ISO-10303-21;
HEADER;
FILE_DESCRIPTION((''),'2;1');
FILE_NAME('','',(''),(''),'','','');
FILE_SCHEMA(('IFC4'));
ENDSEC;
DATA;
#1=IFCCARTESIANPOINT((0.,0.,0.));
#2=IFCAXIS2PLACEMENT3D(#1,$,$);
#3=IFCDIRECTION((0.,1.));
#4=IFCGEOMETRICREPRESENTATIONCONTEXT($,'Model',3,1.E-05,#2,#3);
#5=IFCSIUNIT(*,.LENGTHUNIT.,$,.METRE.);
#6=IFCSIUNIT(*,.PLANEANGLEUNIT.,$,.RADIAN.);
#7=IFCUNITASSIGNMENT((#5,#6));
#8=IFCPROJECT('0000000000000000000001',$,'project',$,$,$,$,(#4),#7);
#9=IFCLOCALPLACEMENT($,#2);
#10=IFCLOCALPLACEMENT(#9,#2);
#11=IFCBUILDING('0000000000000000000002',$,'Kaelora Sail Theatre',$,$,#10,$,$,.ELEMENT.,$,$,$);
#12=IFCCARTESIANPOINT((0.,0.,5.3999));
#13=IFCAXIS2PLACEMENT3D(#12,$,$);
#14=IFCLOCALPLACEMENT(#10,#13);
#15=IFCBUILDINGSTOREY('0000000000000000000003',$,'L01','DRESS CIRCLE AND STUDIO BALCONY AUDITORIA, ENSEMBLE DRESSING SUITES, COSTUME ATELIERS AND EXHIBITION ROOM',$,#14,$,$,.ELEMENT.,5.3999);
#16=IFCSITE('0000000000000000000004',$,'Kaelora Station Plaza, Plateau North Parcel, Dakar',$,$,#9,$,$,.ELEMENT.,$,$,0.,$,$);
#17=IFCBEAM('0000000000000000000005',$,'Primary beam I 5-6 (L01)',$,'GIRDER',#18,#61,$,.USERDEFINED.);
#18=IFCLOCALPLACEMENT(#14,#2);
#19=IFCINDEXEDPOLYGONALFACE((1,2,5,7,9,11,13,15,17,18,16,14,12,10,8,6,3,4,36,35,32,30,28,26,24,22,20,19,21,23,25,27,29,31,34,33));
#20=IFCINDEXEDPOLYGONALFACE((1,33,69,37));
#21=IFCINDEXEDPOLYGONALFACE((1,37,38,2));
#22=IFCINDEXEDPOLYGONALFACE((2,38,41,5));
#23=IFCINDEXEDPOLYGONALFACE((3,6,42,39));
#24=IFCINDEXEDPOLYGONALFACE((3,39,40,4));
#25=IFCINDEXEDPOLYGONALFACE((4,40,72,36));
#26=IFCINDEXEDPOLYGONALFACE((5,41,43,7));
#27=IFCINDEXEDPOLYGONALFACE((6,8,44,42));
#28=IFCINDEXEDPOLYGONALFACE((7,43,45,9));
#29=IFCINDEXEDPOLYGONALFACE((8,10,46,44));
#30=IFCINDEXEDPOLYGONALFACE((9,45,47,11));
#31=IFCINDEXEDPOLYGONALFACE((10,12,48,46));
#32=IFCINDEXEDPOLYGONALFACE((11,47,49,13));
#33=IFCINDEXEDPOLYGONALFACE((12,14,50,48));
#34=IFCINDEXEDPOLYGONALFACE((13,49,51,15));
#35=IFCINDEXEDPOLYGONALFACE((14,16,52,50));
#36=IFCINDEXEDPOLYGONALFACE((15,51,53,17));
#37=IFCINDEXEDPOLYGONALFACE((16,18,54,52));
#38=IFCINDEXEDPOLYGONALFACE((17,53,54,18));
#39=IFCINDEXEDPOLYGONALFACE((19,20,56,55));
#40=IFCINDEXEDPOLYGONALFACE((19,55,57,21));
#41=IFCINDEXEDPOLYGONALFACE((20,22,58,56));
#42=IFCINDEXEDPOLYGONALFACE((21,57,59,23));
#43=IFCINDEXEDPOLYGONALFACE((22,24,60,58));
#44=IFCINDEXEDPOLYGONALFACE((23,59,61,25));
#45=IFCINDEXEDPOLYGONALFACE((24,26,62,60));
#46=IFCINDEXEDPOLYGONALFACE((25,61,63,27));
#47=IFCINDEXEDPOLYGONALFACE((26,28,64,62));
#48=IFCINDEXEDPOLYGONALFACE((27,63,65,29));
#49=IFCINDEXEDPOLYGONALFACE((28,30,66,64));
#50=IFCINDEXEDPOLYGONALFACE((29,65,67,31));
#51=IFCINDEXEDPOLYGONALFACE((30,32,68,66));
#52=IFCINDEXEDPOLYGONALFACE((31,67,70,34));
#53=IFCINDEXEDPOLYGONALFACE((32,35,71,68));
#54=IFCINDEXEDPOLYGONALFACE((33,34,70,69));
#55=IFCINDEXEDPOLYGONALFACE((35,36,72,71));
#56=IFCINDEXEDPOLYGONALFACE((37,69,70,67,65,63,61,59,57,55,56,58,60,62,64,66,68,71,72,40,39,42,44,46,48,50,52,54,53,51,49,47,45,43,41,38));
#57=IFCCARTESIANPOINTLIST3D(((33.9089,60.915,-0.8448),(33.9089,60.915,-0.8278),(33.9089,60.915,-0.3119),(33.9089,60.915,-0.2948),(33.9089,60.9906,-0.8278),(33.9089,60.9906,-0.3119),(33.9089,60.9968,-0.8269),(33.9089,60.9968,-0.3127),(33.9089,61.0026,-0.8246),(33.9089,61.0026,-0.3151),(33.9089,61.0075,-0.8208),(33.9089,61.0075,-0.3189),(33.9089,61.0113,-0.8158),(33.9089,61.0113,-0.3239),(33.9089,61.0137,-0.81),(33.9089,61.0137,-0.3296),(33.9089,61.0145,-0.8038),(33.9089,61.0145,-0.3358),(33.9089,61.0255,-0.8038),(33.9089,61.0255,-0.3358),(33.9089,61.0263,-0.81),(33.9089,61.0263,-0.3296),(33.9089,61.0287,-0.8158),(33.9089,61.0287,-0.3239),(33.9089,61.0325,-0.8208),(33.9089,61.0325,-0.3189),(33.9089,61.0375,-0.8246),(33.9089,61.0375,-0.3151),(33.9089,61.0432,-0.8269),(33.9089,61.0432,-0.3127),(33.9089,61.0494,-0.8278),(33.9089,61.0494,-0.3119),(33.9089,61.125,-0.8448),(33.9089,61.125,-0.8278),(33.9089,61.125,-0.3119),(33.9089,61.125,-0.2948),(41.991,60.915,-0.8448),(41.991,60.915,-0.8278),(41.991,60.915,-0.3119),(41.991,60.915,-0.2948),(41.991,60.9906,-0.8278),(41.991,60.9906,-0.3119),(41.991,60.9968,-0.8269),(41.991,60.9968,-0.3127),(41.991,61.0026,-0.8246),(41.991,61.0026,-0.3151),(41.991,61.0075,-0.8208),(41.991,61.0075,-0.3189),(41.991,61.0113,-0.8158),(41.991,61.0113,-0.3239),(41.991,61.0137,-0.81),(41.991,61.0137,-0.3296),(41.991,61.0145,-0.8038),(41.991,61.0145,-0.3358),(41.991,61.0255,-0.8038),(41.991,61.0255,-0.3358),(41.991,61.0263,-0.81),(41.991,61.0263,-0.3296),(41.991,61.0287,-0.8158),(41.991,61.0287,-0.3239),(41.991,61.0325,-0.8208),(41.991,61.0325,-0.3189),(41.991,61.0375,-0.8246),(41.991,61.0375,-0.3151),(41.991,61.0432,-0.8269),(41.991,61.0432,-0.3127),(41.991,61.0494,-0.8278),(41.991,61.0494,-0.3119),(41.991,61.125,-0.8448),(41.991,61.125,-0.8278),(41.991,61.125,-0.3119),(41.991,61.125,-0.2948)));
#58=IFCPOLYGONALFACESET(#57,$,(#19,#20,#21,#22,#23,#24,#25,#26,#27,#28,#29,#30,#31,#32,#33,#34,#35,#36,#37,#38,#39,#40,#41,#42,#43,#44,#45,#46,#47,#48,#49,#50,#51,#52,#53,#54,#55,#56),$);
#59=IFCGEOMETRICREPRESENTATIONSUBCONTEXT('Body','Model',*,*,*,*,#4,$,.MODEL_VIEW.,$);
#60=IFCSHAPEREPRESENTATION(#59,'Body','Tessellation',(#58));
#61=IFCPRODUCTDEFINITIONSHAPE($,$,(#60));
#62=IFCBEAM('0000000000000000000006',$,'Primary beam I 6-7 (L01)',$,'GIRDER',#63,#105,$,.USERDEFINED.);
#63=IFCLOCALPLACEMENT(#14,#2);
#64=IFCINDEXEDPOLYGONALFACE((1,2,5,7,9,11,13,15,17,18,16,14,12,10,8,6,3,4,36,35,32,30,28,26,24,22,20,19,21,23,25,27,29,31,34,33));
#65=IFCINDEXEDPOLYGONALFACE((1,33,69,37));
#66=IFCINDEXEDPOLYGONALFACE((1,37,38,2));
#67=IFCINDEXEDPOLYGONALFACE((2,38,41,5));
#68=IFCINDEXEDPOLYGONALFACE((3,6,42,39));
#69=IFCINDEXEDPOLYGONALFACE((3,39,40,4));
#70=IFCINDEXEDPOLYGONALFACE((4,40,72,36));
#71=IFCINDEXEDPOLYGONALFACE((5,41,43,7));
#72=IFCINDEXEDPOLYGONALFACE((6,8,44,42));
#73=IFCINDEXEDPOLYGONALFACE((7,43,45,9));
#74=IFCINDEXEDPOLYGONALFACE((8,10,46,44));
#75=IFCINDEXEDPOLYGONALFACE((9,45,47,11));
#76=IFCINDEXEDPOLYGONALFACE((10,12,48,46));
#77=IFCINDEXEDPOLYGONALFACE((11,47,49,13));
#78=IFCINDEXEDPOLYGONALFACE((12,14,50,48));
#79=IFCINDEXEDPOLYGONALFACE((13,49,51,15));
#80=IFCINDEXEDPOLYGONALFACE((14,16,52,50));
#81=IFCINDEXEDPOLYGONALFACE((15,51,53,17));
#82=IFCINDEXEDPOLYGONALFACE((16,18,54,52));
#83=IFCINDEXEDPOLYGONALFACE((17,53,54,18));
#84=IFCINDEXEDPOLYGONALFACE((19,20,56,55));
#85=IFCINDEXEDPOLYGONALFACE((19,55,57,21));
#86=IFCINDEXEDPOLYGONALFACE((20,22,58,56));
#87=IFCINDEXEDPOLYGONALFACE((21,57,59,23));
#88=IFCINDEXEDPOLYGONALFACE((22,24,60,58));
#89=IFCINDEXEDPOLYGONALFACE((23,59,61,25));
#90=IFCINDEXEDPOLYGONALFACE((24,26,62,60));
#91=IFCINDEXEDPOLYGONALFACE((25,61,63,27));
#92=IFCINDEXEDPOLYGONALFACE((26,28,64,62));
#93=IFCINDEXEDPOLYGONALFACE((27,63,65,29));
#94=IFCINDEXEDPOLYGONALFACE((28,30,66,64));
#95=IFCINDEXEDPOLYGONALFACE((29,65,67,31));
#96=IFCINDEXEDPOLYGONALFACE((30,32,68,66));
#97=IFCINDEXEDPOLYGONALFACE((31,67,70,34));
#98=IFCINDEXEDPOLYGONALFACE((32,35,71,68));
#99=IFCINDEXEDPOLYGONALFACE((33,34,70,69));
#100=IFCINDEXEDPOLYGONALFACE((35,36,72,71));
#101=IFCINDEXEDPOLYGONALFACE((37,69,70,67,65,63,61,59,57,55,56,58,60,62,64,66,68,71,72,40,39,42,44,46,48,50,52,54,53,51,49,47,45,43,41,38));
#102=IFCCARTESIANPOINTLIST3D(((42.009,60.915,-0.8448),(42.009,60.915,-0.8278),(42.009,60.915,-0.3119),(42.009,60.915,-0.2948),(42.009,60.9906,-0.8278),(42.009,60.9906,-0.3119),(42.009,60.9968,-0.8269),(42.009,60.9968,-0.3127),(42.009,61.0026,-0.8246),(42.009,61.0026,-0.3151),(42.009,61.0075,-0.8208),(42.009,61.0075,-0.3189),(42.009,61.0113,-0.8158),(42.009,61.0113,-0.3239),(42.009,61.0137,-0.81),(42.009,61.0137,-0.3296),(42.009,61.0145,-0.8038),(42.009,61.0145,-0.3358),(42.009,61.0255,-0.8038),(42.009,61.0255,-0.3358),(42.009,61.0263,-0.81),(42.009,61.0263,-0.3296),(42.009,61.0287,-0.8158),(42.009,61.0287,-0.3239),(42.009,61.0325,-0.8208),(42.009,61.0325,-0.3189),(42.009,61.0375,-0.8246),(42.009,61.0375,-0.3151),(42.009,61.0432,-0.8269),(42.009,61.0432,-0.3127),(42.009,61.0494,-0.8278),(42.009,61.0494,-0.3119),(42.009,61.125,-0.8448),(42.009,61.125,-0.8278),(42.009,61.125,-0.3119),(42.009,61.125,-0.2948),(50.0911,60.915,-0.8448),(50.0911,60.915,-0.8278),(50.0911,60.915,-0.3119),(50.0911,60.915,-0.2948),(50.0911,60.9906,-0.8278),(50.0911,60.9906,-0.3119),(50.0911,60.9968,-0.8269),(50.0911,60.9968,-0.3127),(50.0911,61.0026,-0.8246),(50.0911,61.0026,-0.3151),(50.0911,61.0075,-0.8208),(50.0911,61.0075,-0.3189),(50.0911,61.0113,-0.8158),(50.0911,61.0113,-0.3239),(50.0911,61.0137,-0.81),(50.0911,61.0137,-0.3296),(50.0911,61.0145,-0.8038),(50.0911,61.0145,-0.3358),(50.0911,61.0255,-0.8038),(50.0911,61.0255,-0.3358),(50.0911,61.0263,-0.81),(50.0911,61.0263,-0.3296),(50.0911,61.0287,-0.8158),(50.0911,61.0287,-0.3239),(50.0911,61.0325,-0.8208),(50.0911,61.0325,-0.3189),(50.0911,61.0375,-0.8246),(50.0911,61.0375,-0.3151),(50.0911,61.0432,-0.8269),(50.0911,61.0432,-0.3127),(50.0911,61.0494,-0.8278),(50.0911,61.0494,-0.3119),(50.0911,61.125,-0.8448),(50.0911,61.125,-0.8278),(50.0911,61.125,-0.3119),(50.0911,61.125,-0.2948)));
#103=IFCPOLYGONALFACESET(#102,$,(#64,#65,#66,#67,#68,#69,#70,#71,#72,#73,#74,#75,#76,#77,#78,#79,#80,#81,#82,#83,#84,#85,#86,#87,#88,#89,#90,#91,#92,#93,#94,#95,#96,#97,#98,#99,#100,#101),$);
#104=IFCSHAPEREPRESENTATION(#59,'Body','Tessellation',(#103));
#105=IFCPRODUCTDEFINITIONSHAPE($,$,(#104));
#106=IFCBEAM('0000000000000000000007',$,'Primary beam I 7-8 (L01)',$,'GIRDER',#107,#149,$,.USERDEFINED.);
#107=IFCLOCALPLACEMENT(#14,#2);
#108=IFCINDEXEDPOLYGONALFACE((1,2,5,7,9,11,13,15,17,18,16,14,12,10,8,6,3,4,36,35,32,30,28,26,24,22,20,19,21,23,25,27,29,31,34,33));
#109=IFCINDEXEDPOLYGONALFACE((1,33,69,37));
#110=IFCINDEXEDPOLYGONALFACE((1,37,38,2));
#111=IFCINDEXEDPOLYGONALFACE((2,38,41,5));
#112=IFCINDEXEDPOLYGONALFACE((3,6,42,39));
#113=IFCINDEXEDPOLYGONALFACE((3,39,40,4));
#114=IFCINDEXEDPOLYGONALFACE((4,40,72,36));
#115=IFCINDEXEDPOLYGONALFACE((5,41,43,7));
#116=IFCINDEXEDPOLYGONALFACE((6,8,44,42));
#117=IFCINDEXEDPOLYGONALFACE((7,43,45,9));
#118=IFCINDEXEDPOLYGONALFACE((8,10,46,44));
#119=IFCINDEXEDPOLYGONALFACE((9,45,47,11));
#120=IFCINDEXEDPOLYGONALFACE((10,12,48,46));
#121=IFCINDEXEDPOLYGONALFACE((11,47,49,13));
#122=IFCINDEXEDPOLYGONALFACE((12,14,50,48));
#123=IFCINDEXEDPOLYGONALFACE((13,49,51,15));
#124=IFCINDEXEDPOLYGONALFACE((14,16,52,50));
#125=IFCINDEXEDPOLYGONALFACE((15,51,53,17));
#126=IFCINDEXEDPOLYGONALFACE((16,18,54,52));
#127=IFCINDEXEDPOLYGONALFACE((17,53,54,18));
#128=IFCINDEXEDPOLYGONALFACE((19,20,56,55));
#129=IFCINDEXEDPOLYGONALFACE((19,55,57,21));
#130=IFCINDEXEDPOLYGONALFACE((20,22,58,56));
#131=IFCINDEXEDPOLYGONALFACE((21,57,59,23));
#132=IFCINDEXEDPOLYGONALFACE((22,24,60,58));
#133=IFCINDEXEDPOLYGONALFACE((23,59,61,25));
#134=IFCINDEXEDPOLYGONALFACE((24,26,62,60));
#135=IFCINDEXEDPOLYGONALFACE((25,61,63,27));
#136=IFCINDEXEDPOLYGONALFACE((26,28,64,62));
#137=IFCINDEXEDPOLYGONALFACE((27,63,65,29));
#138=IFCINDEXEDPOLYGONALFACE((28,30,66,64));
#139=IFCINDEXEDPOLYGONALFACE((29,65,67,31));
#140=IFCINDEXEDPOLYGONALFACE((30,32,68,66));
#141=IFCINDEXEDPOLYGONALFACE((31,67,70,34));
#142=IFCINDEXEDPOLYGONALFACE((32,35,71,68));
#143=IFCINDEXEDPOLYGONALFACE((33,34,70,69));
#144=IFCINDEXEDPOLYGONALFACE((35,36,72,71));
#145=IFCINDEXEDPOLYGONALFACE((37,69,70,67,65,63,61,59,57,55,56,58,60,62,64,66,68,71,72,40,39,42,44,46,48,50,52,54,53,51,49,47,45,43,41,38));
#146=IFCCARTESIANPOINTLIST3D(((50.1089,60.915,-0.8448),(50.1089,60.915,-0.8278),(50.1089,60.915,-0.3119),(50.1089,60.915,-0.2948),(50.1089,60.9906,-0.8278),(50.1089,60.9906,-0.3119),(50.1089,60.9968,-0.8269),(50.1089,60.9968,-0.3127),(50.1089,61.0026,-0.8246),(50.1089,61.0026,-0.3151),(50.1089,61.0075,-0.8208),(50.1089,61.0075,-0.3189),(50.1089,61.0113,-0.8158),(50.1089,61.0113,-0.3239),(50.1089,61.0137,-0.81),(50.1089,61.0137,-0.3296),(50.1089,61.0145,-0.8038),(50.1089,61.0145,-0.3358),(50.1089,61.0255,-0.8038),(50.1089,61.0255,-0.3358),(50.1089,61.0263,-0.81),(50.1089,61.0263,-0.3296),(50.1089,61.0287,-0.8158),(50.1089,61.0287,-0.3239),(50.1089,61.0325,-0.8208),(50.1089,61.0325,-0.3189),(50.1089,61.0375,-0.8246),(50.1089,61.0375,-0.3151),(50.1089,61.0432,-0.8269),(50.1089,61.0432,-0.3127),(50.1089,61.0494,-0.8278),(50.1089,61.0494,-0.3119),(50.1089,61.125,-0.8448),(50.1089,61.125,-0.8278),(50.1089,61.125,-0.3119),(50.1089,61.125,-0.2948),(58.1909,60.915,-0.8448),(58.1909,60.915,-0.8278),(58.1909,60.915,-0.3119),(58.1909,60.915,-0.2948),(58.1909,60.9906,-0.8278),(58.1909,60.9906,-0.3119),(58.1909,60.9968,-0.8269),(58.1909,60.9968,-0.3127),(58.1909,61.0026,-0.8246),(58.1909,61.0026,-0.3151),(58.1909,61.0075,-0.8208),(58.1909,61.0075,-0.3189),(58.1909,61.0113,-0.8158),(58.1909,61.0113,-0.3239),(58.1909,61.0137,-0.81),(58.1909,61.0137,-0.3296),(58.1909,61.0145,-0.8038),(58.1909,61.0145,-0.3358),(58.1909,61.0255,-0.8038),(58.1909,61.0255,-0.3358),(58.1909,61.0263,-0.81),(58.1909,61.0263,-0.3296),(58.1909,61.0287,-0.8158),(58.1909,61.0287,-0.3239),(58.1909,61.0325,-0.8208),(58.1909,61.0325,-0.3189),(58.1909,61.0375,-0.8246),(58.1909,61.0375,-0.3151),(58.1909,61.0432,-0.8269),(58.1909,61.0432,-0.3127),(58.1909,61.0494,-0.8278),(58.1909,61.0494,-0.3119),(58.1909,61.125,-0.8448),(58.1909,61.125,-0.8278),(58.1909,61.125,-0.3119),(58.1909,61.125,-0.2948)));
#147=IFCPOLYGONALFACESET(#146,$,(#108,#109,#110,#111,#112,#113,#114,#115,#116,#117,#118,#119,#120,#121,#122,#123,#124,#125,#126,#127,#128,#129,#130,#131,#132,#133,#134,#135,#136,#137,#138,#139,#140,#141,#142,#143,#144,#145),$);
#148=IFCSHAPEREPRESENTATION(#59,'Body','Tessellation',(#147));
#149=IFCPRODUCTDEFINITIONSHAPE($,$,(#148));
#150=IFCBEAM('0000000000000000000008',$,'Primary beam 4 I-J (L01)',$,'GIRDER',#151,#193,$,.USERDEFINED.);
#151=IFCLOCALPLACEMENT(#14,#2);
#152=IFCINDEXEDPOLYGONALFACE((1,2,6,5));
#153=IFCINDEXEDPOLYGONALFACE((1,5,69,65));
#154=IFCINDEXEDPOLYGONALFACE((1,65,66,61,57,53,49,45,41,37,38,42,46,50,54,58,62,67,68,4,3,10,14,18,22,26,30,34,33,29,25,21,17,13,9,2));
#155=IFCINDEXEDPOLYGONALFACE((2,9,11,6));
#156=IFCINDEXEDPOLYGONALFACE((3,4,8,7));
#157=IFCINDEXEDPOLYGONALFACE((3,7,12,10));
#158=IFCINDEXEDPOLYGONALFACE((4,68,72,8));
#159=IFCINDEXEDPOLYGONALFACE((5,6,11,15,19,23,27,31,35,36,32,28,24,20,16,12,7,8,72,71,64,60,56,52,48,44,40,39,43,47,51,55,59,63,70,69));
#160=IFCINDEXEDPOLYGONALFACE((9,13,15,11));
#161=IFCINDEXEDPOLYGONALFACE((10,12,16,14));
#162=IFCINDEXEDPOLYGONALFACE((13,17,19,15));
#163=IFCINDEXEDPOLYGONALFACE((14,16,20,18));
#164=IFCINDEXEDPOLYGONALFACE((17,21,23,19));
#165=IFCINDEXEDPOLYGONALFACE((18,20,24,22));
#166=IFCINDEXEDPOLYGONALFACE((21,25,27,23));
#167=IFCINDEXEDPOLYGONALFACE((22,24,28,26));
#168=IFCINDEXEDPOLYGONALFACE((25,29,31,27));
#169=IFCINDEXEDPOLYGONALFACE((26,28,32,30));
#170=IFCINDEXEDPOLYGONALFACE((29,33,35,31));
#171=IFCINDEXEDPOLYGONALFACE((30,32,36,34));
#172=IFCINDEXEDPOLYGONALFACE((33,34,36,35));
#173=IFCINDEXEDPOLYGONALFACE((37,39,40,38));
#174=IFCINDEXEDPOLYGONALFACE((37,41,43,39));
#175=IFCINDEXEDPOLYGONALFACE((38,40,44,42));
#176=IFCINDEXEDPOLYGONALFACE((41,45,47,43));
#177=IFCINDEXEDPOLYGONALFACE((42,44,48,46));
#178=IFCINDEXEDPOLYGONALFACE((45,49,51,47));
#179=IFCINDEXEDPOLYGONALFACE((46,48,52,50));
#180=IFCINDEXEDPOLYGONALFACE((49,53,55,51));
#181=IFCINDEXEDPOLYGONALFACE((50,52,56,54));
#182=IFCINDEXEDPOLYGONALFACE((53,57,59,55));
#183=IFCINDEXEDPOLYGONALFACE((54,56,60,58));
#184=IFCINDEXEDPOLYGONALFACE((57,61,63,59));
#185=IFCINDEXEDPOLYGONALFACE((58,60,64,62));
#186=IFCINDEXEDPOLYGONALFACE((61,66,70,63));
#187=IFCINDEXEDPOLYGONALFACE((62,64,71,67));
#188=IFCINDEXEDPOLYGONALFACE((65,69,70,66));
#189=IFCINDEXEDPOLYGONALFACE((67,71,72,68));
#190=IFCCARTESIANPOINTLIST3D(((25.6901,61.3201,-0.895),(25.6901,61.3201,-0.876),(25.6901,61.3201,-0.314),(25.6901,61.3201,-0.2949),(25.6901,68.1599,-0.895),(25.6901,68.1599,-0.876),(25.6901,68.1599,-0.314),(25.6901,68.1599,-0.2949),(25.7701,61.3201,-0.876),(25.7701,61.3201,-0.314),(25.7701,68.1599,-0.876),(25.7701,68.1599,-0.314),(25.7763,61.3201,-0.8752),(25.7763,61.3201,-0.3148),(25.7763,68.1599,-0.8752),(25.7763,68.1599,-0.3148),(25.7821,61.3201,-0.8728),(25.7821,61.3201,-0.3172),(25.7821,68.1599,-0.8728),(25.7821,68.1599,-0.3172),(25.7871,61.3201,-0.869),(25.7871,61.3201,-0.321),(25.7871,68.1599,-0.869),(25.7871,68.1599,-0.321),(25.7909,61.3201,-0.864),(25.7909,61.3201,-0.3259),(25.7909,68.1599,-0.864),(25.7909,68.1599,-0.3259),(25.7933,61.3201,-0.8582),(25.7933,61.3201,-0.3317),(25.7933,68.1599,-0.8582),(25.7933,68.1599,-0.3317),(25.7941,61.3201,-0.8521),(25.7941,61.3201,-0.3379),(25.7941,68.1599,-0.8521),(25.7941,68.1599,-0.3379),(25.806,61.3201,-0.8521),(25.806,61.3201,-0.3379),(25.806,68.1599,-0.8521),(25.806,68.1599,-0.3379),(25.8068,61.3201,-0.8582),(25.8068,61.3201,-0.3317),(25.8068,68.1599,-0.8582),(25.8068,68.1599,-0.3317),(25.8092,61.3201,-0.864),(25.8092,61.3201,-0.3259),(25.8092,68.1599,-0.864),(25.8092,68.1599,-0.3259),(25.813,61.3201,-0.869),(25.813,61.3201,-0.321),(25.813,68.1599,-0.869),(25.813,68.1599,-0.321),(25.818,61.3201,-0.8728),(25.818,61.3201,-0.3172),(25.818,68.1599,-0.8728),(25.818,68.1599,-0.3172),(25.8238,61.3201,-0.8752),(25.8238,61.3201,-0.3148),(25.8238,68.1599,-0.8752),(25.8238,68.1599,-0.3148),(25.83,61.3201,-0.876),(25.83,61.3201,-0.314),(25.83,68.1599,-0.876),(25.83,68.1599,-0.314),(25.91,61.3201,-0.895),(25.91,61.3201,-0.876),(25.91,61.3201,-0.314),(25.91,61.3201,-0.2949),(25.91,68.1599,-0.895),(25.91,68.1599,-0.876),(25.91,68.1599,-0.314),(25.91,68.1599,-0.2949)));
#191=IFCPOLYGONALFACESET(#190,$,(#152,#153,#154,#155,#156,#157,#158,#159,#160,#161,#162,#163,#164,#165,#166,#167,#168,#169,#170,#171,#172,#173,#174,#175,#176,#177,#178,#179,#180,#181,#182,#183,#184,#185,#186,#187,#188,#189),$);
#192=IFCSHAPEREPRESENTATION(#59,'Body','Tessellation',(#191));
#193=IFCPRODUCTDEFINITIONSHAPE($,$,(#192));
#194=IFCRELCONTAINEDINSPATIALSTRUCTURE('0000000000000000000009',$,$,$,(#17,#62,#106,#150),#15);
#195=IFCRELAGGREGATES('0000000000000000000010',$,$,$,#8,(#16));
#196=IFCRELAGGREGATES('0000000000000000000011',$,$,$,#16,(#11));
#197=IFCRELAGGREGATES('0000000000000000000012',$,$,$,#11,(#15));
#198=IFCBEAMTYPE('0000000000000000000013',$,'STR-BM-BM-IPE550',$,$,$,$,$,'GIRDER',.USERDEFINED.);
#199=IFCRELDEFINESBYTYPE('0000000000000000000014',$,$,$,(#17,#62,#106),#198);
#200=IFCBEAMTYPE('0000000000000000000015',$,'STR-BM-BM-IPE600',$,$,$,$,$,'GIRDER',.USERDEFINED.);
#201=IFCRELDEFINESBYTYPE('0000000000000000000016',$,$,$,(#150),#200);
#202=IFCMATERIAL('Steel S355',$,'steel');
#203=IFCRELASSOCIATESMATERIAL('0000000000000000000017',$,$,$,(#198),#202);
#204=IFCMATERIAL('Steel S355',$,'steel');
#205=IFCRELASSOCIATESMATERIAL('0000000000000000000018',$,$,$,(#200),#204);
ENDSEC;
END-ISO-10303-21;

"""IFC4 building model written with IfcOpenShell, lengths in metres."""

from ifc_helpers import new_model, si_unit, direction, frame, origin, origin_2d, place, context, subcontext, project, spatial, i_section, extrude, material, material_profile, profile_set, type_object, element, save


model = new_model("IFC4")

# Units and contexts
model_context = context("Model", 3, precision=1e-05, world=origin(), true_north=direction((0.0, 1.0)))
body_context = subcontext(model_context, "Body", "Model", "MODEL_VIEW")
ifc_project = project(units=[si_unit("LENGTHUNIT", "METRE"), si_unit("PLANEANGLEUNIT", "RADIAN")], contexts=[model_context])

# Site, building, storey
site_placement = place(None, origin())
site = spatial("IfcSite", under=ifc_project, at=site_placement, Name="Kaelora Station Plaza, Plateau North Parcel, Dakar", CompositionType="ELEMENT", RefElevation=0.0)
building_placement = place(site_placement, origin())
building = spatial("IfcBuilding", under=site, at=building_placement, Name="Kaelora Sail Theatre", CompositionType="ELEMENT")
storey_placement = place(building_placement, frame((0.0, 0.0, 5.3999)))
storey = spatial("IfcBuildingStorey", under=building, at=storey_placement, Name="L01", Description="DRESS CIRCLE AND STUDIO BALCONY AUDITORIA, ENSEMBLE DRESSING SUITES, COSTUME ATELIERS AND EXHIBITION ROOM", CompositionType="ELEMENT", Elevation=5.3999)

# Beams
ifc_material_1 = material(Name="Steel S355", Category="steel")
ifc_material_profile_1 = material_profile(ifc_material_1, i_section(OverallWidth=0.21, OverallDepth=0.55, WebThickness=0.011, FlangeThickness=0.0171, FilletRadius=0.0239, at=origin_2d()), Name="IPE 550")
ifc_profile_set_1 = profile_set([ifc_material_profile_1], Name="Steel S355")
beam_type_1 = type_object("IfcBeamType", Name="STR-BM-BM-IPE550", ElementType="GIRDER", PredefinedType="USERDEFINED", material=ifc_profile_set_1)
for number, where, z_axis, x_axis, name in (
    (1, (33.9089, 61.02, -0.5698), (1.0, 0.0, 0.0), (0.0, 1.0, 0.0), "Primary beam I 5-6 (L01)"),
    (2, (42.009, 61.02, -0.5698), (1.0, 0.0, 0.0), (0.0, 1.0, 0.0), "Primary beam I 6-7 (L01)"),
    (3, (50.1089, 61.02, -0.5698), (1.0, 0.0, 0.0), (0.0, 1.0, 0.0), "Primary beam I 7-8 (L01)"),
):
    element("IfcBeam", number, at=place(storey_placement, frame(where, z_axis=z_axis, x_axis=x_axis)), inside=storey, type_object=beam_type_1, Name=name, ObjectType="GIRDER", PredefinedType="USERDEFINED", context=body_context, shape_type="SweptSolid", body=[
        extrude(i_section(OverallWidth=0.21, OverallDepth=0.55, WebThickness=0.011, FlangeThickness=0.0171, FilletRadius=0.0239, at=origin_2d()), origin(), (0.0, 0.0, 1.0), 8.082),
    ])
ifc_material_2 = material(Name="Steel S355", Category="steel")
ifc_material_profile_2 = material_profile(ifc_material_2, i_section(OverallWidth=0.22, OverallDepth=0.6001, WebThickness=0.012, FlangeThickness=0.019, FilletRadius=0.0239, at=origin_2d()), Name="IPE 600")
ifc_profile_set_2 = profile_set([ifc_material_profile_2], Name="Steel S355")
beam_type_2 = type_object("IfcBeamType", Name="STR-BM-BM-IPE600", ElementType="GIRDER", PredefinedType="USERDEFINED", material=ifc_profile_set_2)
beam_placement = place(storey_placement, frame((25.8, 61.3201, -0.595), z_axis=(0.0, 1.0, 0.0), x_axis=(-1.0, 0.0, 0.0)))
element("IfcBeam", 4, at=beam_placement, inside=storey, type_object=beam_type_2, Name="Primary beam 4 I-J (L01)", ObjectType="GIRDER", PredefinedType="USERDEFINED", context=body_context, shape_type="SweptSolid", body=[
    extrude(i_section(OverallWidth=0.22, OverallDepth=0.6001, WebThickness=0.012, FlangeThickness=0.019, FilletRadius=0.0239, at=origin_2d()), origin(), (0.0, 0.0, 1.0), 6.8398),
])

save(model, "model.ifc")
